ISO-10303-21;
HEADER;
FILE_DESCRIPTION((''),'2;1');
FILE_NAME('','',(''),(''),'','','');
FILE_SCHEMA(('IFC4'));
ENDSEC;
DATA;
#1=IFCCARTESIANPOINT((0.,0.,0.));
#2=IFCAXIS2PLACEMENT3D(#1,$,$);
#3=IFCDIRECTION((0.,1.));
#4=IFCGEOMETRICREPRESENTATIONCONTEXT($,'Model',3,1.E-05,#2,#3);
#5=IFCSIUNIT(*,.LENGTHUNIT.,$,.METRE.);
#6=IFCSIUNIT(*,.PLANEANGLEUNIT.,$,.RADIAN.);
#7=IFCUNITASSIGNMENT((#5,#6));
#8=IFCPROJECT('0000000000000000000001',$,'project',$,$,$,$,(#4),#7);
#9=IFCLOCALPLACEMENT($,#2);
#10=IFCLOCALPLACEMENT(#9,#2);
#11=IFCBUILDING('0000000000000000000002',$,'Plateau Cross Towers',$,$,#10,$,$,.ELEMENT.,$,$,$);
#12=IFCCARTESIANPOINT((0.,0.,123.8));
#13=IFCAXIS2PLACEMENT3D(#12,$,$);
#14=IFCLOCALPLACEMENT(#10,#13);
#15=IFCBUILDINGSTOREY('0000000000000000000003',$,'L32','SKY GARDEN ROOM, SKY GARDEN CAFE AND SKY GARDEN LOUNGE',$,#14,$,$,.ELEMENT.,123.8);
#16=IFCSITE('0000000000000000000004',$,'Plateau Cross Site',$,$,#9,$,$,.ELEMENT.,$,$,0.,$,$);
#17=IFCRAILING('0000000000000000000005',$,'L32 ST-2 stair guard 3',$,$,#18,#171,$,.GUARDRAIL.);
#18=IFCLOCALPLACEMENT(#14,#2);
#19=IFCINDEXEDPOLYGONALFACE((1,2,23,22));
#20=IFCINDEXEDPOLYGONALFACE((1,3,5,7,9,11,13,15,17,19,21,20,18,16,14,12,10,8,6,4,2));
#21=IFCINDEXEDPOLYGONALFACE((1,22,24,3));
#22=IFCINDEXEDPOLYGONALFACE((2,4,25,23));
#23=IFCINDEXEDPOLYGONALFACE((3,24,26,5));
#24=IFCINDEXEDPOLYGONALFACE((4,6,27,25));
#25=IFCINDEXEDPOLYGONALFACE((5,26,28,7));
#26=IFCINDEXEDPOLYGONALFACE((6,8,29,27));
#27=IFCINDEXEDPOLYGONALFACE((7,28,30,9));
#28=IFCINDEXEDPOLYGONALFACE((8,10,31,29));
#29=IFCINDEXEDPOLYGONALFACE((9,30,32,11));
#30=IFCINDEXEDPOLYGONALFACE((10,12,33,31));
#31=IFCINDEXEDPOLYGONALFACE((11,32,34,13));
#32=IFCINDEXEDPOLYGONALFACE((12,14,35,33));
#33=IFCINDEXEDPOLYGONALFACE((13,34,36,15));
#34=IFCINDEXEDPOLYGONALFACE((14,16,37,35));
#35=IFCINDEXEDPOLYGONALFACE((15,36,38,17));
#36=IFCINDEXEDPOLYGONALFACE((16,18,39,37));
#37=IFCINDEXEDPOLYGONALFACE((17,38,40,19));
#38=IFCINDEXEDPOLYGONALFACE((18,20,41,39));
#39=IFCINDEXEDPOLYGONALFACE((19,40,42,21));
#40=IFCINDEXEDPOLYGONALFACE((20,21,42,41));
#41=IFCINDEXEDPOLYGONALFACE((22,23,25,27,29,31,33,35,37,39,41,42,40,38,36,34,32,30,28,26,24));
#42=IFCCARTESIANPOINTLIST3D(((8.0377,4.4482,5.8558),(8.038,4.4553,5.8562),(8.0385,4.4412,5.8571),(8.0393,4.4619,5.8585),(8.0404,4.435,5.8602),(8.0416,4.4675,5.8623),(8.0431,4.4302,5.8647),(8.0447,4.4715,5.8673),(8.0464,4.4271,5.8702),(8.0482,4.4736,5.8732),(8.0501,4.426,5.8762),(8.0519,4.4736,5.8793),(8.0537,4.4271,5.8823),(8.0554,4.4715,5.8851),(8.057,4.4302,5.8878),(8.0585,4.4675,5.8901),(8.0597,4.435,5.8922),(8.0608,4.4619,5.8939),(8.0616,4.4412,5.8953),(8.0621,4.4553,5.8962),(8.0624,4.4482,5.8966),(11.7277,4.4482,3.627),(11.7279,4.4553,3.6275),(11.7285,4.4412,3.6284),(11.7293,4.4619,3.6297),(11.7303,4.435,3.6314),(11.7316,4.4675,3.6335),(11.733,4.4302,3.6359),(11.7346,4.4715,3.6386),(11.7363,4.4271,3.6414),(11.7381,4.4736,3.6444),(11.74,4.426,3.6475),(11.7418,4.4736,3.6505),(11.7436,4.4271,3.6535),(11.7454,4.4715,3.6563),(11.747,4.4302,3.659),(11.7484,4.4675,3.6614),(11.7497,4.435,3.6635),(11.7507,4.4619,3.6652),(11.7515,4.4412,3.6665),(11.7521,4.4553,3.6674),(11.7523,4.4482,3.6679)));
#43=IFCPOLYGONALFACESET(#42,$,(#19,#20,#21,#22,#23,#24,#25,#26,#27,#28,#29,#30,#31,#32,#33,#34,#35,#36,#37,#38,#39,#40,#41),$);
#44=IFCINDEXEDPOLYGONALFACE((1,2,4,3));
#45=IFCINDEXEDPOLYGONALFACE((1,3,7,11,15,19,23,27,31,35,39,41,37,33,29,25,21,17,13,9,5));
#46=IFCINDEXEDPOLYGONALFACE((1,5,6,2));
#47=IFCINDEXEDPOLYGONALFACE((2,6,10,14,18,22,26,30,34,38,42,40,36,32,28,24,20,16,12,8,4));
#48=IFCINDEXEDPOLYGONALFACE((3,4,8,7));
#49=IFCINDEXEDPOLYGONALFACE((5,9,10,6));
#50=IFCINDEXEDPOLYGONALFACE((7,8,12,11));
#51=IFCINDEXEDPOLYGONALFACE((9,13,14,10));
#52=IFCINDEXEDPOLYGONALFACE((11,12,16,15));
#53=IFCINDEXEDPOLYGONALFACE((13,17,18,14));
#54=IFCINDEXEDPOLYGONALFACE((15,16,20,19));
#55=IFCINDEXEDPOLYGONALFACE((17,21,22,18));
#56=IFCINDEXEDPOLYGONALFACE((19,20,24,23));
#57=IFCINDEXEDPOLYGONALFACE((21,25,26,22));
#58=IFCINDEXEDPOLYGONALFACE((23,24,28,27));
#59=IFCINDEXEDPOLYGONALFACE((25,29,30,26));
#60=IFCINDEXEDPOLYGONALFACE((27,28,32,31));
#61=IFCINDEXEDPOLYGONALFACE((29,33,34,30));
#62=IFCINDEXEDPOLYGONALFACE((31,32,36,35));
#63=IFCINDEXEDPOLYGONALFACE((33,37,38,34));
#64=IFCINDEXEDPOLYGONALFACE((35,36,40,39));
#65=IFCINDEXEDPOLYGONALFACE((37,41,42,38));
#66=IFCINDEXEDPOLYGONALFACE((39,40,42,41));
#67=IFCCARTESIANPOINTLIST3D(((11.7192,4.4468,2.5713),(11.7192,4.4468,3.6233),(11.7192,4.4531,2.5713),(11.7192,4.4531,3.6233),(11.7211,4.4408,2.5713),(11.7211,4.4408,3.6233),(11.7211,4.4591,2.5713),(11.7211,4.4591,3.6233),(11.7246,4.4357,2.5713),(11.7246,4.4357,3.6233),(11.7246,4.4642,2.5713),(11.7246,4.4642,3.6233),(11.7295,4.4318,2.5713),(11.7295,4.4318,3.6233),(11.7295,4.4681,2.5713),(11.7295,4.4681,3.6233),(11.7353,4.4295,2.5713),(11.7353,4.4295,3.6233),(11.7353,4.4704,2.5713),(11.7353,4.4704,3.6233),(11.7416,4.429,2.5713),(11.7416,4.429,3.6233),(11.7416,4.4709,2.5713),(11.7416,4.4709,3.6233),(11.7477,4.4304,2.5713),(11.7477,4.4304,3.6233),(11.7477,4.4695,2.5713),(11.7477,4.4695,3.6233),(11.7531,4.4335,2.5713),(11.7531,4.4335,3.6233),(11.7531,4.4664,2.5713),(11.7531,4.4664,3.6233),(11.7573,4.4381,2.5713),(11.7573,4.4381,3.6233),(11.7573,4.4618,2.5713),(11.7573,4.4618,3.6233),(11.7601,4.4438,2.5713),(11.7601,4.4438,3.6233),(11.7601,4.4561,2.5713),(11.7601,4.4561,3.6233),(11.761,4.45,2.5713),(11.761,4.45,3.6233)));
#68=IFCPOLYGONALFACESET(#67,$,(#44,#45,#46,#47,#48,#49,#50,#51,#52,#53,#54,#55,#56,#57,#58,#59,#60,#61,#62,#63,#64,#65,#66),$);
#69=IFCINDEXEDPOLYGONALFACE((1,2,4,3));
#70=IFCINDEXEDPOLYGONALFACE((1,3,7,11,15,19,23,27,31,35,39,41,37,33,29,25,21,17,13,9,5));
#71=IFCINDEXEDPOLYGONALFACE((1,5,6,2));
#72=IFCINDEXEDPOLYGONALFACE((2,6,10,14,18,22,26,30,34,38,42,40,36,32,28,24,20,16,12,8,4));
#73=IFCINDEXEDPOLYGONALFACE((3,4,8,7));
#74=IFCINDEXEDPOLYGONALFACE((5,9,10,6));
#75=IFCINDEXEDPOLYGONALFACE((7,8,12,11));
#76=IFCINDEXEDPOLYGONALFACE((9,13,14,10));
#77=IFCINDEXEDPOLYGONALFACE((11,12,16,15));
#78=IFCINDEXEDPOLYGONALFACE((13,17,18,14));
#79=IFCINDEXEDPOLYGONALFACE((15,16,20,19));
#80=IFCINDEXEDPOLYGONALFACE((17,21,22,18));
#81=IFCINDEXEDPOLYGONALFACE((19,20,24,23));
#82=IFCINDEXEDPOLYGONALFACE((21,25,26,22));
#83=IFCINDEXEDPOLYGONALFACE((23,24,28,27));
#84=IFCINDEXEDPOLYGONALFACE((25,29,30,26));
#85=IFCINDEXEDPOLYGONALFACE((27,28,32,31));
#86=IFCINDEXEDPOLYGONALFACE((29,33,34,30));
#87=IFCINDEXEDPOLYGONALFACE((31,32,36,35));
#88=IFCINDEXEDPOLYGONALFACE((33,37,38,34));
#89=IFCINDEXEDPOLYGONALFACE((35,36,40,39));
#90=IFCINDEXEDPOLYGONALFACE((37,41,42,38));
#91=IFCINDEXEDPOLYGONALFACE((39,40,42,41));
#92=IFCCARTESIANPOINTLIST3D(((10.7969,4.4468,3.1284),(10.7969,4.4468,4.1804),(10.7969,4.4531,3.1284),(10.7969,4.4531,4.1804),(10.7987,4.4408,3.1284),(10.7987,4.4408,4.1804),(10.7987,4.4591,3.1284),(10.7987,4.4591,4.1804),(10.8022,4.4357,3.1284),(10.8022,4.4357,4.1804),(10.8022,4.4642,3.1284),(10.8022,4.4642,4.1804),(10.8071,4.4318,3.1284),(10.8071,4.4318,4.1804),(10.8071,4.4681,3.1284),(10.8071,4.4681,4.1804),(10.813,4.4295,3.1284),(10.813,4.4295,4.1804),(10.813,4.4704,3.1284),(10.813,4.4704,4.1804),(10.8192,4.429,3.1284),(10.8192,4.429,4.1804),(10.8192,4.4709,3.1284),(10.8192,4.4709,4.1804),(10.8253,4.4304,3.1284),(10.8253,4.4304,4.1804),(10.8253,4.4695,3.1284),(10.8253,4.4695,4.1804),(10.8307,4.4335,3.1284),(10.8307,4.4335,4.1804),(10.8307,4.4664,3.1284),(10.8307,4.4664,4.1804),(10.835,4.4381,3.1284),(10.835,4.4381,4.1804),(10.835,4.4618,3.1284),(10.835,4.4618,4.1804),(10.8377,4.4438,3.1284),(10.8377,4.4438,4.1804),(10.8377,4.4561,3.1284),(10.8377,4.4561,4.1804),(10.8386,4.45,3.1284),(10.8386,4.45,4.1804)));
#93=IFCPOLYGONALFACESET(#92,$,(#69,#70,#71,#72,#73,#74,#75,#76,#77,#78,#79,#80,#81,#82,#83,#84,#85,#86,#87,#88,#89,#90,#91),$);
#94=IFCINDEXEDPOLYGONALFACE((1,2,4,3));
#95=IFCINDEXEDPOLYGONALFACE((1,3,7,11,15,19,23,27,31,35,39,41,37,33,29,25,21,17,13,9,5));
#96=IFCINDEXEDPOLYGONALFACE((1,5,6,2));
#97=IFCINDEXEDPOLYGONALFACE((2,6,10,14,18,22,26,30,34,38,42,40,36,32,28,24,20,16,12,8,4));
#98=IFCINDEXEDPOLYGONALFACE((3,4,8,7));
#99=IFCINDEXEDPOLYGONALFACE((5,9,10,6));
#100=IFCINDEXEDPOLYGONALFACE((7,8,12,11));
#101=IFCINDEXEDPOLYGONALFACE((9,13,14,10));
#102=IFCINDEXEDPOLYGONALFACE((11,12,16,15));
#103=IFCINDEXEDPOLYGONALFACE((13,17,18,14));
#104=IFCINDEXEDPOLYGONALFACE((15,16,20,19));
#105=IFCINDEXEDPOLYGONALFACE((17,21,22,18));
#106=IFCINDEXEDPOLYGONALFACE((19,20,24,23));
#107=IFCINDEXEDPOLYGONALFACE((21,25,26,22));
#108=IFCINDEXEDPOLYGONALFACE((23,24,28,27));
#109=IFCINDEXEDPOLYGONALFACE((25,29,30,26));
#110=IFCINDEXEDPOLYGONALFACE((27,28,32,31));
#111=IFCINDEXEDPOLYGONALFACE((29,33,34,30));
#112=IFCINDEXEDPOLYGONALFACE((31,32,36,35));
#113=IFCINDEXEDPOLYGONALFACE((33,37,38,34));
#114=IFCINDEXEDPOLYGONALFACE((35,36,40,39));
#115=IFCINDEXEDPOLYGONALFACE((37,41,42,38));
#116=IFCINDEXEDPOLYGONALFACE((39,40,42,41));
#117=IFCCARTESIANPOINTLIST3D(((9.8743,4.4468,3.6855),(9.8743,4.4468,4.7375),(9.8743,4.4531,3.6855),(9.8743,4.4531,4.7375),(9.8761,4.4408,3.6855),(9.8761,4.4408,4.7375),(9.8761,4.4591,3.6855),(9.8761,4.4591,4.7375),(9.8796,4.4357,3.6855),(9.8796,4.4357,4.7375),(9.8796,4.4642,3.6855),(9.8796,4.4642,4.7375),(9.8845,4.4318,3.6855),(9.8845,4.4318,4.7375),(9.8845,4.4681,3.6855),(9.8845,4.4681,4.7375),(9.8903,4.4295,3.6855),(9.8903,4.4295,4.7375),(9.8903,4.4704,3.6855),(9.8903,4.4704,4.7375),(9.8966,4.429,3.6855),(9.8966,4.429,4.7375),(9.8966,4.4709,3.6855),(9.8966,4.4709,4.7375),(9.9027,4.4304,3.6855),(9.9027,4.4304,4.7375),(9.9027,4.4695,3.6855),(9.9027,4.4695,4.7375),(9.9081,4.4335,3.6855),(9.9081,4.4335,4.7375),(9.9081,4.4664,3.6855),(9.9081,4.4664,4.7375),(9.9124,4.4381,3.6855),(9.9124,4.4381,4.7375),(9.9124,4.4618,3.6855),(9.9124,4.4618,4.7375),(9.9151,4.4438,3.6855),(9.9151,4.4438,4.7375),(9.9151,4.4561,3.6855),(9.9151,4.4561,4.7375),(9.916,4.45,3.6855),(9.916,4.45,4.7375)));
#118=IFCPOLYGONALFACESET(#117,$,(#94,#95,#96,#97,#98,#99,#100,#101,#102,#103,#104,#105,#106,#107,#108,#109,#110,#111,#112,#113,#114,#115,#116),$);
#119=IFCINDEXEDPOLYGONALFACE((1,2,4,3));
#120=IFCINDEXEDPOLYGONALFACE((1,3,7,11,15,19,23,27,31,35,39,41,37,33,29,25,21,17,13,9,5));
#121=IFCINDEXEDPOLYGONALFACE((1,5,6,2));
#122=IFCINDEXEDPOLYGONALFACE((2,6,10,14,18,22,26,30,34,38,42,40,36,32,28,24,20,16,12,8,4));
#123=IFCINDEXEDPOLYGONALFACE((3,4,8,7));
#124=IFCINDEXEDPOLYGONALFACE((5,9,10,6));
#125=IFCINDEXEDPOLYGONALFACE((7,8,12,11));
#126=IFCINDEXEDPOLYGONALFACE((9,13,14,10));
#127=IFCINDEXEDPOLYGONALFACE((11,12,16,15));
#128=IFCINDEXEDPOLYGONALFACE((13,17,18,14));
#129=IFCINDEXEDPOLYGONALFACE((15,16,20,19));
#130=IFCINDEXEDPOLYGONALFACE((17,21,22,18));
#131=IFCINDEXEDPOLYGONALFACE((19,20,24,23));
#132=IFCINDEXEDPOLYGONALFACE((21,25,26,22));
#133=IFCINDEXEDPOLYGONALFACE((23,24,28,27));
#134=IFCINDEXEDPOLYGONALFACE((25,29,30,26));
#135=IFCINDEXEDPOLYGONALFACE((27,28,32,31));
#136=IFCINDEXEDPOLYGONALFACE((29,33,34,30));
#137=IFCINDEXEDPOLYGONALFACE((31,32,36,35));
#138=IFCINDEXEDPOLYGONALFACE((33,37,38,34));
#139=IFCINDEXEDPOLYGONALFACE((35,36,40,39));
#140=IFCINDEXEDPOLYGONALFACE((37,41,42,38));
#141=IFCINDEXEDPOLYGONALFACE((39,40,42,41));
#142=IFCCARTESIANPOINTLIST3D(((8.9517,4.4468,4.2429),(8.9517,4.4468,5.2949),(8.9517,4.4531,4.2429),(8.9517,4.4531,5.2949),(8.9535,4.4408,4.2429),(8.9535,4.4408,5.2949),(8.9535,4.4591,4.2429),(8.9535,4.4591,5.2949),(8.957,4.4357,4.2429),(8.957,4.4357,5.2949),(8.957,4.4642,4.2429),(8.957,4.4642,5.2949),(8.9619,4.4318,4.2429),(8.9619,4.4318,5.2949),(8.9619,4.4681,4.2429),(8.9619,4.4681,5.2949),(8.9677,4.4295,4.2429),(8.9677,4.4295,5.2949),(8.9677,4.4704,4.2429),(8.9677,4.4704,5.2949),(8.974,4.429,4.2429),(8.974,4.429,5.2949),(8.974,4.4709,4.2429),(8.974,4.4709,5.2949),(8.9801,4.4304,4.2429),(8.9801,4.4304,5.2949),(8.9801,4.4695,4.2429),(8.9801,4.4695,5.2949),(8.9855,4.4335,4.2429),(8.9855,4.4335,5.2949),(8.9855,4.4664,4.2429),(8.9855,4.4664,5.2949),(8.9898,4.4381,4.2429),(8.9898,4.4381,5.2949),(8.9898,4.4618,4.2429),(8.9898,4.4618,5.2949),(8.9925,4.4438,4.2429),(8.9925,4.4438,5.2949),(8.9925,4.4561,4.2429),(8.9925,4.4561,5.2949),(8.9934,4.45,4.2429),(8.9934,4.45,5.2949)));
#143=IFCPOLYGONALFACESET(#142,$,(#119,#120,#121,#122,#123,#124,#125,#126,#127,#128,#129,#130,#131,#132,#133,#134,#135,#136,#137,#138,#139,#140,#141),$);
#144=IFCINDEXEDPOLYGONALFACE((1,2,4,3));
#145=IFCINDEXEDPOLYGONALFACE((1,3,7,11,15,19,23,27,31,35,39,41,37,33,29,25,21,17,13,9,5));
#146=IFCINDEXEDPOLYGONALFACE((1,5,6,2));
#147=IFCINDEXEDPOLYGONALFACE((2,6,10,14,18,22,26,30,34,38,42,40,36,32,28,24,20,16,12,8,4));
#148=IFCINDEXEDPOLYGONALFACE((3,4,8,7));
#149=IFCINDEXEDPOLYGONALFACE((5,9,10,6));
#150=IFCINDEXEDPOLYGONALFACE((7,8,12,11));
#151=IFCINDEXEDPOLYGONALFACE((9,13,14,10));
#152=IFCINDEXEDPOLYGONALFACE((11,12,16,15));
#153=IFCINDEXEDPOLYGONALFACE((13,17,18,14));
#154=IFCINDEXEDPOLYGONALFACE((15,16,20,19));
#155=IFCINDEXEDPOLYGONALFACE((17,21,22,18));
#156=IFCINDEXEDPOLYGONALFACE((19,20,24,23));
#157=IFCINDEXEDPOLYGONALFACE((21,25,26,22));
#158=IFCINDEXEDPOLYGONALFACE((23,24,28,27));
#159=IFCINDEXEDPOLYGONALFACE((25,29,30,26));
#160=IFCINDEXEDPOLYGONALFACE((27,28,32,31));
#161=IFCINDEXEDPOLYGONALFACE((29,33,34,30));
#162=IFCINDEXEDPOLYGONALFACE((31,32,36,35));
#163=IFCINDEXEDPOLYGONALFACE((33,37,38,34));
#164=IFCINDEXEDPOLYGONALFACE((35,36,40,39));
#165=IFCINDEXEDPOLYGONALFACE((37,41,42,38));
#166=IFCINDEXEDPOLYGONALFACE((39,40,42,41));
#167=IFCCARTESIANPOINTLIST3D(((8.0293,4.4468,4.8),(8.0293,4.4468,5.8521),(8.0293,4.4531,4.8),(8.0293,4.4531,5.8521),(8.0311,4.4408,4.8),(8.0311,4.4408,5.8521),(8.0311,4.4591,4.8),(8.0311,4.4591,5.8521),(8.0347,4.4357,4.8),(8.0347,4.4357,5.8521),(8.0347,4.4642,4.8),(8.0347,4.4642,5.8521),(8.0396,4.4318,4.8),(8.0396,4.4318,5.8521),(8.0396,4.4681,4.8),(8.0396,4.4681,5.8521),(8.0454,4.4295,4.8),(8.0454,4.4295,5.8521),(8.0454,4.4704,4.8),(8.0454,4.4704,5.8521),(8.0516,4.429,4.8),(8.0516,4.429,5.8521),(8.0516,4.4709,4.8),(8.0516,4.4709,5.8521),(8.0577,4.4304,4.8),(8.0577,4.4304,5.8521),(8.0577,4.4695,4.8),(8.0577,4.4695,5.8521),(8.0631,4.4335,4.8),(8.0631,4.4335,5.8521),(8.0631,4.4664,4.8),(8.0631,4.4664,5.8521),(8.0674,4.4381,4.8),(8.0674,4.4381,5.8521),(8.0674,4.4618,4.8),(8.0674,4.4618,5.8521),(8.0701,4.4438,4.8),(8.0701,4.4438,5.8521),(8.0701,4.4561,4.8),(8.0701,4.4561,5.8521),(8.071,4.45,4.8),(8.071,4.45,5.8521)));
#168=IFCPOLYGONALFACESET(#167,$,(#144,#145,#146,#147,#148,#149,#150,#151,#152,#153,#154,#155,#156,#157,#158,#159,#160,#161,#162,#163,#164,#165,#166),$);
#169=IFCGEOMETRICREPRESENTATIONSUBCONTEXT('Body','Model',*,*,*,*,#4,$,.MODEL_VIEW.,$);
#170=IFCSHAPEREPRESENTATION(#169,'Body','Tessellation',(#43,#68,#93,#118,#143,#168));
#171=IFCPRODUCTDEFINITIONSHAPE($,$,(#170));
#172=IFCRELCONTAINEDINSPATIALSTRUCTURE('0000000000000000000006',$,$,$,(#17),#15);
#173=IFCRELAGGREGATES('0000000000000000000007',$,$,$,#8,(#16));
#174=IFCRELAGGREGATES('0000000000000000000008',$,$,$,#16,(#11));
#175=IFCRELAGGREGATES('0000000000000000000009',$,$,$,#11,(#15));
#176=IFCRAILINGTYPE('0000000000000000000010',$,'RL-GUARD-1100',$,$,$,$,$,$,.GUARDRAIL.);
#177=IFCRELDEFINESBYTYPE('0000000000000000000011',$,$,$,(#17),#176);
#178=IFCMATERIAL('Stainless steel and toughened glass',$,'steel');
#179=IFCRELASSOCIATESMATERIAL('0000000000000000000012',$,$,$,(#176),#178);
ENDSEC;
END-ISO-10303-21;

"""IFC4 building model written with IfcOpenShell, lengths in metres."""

from ifc_helpers import new_model, si_unit, direction, frame, origin, origin_2d, place, context, subcontext, project, spatial, circle, extrude, material, type_object, element, save


model = new_model("IFC4")

# Units and contexts
model_context = context("Model", 3, precision=1e-05, world=origin(), true_north=direction((0.0, 1.0)))
body_context = subcontext(model_context, "Body", "Model", "MODEL_VIEW")
ifc_project = project(units=[si_unit("LENGTHUNIT", "METRE"), si_unit("PLANEANGLEUNIT", "RADIAN")], contexts=[model_context])

# Site, building, storey
site_placement = place(None, origin())
site = spatial("IfcSite", under=ifc_project, at=site_placement, Name="Plateau Cross Site", CompositionType="ELEMENT", RefElevation=0.0)
building_placement = place(site_placement, origin())
building = spatial("IfcBuilding", under=site, at=building_placement, Name="Plateau Cross Towers", CompositionType="ELEMENT")
storey_placement = place(building_placement, frame((0.0, 0.0, 123.8)))
storey = spatial("IfcBuildingStorey", under=building, at=storey_placement, Name="L32", Description="SKY GARDEN ROOM, SKY GARDEN CAFE AND SKY GARDEN LOUNGE", CompositionType="ELEMENT", Elevation=123.8)

# Railing
ifc_material_1 = material(Name="Stainless steel and toughened glass", Category="steel")
railing_type_1 = type_object("IfcRailingType", Name="RL-GUARD-1100", PredefinedType="GUARDRAIL", material=ifc_material_1)
railing_1_placement = place(storey_placement, frame((11.74, 4.45, 2.5713)))
element("IfcRailing", 1, at=railing_1_placement, inside=storey, type_object=railing_type_1, Name="L32 ST-2 stair guard 3", PredefinedType="GUARDRAIL", context=body_context, shape_type="SweptSolid", body=[
    extrude(circle(Radius=0.0239, at=origin_2d()), frame((0.0, 0.0, 1.0762), z_axis=(-0.855975, 0.0, 0.517017), x_axis=(0.0, -1.0, 0.0)), (0.0, 0.0, 1.0), 4.3108),
    extrude(circle(Radius=0.021, at=origin_2d()), origin(), (0.0, 0.0, 1.0), 1.052),
    extrude(circle(Radius=0.021, at=origin_2d()), frame((-0.9224, 0.0, 0.5571)), (0.0, 0.0, 1.0), 1.052),
    extrude(circle(Radius=0.021, at=origin_2d()), frame((-1.845, 0.0, 1.1143)), (0.0, 0.0, 1.0), 1.052),
    extrude(circle(Radius=0.021, at=origin_2d()), frame((-2.7676, 0.0, 1.6716)), (0.0, 0.0, 1.0), 1.052),
    extrude(circle(Radius=0.021, at=origin_2d()), frame((-3.6899, 0.0, 2.2288)), (0.0, 0.0, 1.0), 1.052),
])

save(model, "model.ifc")
